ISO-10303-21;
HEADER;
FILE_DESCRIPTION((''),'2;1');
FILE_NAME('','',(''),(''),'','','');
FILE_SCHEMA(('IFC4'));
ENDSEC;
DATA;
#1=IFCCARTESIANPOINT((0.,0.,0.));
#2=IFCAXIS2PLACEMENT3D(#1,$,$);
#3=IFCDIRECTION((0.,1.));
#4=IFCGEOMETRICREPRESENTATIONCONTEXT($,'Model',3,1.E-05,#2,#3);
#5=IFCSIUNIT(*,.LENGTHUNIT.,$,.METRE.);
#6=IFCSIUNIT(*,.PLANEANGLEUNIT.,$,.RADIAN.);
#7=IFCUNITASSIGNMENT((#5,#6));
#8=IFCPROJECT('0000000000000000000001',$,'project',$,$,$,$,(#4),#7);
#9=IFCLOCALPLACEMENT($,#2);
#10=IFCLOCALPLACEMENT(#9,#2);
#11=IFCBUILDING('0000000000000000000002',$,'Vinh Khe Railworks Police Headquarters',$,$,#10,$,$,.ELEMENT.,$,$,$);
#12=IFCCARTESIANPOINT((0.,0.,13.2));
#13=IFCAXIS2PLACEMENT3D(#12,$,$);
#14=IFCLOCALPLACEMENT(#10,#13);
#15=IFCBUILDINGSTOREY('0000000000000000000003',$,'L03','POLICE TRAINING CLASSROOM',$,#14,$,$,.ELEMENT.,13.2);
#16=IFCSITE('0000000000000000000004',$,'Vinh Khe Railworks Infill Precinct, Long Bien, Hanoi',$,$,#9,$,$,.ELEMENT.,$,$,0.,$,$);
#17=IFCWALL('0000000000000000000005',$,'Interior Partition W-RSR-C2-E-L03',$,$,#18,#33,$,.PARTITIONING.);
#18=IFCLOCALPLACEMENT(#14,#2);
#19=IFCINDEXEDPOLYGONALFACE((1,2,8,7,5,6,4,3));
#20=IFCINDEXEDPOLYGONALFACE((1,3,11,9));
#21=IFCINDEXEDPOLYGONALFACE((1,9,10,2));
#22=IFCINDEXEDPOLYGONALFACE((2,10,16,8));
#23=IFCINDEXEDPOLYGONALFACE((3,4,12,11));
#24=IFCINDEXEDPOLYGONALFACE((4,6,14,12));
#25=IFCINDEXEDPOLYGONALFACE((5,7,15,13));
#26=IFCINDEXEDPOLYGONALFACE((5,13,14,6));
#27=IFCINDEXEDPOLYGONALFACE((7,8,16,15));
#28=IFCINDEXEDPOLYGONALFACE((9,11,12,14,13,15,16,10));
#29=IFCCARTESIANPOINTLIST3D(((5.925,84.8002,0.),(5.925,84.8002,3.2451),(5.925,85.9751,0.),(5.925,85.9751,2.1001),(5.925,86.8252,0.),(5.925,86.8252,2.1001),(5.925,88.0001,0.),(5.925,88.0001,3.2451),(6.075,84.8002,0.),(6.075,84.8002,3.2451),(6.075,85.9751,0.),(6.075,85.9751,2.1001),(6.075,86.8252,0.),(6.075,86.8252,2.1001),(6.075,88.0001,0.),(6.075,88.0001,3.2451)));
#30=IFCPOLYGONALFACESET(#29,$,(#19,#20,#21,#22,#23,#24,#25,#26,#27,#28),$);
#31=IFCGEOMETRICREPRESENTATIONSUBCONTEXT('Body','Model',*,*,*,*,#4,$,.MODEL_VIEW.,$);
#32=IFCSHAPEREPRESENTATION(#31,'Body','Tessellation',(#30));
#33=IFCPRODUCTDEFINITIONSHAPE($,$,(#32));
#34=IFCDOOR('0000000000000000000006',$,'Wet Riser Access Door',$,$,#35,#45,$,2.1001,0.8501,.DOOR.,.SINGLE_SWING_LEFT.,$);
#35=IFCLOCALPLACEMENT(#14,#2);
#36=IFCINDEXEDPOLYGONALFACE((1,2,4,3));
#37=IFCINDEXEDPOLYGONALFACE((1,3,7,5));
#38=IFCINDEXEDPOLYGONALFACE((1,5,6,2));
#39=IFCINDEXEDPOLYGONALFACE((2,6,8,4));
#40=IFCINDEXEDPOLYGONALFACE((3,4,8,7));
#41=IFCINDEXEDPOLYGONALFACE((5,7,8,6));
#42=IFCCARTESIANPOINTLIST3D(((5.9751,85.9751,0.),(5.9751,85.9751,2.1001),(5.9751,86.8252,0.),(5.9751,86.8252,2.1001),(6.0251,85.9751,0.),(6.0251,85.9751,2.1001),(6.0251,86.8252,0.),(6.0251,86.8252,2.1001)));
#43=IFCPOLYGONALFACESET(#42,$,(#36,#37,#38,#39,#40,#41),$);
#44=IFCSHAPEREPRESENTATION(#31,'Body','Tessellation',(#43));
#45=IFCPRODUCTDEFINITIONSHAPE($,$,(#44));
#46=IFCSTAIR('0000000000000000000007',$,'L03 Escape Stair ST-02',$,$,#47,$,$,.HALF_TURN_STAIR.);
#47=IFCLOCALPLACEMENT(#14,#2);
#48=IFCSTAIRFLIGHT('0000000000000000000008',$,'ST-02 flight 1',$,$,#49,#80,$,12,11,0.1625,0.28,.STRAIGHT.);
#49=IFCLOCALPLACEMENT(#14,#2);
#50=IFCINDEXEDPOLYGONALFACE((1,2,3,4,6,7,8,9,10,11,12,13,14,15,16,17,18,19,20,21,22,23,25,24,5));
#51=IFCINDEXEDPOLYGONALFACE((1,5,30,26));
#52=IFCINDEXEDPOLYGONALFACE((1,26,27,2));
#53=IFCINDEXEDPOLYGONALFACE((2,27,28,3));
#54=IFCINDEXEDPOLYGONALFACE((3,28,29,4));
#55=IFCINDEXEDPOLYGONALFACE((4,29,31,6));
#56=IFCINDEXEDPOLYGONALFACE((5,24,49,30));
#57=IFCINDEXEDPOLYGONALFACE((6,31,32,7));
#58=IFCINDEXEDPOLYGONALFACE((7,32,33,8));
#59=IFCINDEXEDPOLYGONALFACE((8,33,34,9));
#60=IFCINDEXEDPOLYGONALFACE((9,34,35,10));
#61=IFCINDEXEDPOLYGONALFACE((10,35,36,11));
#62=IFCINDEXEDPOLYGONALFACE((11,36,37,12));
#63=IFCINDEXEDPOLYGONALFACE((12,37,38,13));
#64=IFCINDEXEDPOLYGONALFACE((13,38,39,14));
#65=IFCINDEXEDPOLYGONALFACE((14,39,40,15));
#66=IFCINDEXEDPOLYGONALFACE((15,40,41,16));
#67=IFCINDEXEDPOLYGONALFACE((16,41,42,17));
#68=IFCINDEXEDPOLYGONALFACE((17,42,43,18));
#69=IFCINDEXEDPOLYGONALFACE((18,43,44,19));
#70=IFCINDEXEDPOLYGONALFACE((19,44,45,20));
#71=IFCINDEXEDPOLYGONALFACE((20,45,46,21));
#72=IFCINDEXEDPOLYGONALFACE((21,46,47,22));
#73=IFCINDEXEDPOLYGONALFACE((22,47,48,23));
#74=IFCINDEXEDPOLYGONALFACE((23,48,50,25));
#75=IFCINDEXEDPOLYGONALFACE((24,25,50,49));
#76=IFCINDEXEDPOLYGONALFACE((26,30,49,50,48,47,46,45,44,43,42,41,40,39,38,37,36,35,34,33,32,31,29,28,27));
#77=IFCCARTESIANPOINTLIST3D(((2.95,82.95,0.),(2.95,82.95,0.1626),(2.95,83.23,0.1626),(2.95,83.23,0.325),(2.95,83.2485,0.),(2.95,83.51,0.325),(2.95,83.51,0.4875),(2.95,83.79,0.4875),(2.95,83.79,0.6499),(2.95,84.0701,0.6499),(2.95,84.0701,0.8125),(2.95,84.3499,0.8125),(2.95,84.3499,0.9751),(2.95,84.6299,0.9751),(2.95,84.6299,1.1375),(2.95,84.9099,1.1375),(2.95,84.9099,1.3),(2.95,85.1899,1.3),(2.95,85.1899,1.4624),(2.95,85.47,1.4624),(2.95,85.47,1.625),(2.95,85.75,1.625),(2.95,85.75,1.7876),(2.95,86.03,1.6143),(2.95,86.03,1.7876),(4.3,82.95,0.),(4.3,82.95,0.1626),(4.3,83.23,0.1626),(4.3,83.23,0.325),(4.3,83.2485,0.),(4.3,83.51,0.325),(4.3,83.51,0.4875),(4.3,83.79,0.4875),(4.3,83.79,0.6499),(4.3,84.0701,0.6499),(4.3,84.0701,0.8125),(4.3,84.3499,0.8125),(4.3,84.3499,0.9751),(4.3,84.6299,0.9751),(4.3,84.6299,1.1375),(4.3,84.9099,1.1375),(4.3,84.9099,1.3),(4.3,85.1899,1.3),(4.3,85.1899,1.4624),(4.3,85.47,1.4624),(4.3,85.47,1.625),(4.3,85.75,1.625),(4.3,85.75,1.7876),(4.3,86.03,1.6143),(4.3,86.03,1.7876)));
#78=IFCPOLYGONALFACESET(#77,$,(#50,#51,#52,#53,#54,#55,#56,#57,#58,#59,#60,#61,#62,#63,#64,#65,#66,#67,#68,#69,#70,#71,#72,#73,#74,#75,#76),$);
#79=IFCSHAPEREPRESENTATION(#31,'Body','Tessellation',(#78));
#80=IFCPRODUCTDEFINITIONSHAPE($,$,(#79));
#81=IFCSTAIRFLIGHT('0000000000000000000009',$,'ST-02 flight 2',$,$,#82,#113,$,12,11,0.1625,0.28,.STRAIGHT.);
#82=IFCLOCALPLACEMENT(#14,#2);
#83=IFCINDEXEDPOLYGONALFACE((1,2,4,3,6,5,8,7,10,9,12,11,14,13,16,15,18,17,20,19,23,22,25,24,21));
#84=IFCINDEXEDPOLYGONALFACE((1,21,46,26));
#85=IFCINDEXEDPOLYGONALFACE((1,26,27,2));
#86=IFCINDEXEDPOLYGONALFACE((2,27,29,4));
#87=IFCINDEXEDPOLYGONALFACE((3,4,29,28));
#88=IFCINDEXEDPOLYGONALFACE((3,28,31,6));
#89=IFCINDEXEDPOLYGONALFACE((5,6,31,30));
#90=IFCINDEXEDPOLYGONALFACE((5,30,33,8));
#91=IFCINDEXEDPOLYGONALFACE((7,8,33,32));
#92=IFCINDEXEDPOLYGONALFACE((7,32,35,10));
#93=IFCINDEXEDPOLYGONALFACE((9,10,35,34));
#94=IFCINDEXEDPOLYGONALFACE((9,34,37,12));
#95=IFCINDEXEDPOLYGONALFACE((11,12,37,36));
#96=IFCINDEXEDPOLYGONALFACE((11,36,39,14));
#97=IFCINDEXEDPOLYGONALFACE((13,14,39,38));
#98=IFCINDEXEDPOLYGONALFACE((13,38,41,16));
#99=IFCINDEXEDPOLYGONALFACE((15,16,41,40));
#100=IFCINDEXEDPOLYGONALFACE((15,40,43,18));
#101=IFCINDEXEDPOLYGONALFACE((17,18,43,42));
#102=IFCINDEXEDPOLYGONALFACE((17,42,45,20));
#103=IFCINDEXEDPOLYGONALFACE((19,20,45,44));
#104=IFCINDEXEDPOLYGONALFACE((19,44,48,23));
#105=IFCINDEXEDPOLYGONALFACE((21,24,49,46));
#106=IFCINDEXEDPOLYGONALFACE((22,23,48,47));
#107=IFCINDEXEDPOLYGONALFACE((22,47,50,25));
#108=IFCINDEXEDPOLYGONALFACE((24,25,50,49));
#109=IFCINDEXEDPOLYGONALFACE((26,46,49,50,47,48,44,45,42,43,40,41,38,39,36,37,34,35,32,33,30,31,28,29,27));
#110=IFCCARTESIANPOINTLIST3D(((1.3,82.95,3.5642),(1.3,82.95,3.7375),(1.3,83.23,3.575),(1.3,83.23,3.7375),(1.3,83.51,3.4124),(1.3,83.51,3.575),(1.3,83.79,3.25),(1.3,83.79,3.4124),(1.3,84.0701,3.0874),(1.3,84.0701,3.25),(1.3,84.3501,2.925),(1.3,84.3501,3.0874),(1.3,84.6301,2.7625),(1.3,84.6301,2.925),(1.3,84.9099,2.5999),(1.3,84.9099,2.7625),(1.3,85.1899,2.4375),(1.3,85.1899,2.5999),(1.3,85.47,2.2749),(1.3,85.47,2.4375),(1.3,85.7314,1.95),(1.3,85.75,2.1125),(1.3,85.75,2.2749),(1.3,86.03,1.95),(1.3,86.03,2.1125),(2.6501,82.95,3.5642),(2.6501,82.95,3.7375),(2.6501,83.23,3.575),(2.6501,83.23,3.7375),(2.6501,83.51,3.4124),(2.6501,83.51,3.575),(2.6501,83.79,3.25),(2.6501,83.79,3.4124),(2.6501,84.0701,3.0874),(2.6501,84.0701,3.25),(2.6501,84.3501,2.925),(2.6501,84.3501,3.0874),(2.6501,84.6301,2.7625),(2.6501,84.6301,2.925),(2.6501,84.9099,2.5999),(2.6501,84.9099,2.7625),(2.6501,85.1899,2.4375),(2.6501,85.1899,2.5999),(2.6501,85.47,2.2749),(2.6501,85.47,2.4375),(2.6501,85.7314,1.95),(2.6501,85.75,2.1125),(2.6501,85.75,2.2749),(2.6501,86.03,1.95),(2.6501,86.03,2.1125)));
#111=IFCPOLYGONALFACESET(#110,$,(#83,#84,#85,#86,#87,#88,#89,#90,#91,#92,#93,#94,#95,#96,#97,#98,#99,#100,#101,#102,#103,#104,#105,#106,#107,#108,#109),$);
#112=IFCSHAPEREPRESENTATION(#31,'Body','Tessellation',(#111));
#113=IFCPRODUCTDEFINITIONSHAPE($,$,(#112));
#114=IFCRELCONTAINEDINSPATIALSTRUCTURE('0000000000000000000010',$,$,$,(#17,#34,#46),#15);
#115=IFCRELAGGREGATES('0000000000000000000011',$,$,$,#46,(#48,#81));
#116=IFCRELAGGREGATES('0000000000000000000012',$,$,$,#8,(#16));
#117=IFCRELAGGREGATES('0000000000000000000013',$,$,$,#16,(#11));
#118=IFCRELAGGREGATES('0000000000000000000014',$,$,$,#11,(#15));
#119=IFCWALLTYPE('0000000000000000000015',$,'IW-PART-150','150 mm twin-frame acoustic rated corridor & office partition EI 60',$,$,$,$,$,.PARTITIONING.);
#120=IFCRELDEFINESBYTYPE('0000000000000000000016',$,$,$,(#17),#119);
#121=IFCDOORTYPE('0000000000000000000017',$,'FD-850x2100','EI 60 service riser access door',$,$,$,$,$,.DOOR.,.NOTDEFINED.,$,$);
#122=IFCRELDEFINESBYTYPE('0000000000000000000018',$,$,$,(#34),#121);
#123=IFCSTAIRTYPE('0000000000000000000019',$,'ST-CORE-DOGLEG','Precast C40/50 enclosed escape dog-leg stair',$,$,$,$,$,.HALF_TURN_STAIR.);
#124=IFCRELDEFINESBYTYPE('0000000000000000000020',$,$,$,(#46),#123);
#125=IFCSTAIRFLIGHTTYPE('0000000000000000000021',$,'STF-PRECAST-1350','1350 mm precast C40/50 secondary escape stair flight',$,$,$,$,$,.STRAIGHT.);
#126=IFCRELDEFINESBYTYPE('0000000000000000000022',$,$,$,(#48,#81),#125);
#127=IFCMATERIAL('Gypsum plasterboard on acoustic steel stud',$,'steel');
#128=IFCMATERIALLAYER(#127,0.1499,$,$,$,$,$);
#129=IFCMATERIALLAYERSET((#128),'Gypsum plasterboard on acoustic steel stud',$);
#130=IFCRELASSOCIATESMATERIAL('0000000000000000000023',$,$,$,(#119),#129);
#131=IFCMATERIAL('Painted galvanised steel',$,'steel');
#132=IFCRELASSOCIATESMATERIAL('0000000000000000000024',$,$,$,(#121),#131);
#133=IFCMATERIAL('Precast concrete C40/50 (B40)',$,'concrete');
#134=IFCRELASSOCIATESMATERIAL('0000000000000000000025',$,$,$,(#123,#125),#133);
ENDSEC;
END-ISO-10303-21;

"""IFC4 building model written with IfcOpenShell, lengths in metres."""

from ifc_helpers import new_model, si_unit, direction, frame, frame_2d, origin, place, context, subcontext, project, spatial, polyline, rectangle, outline, extrude, material, layer, layer_set, type_object, element, fill, aggregate, save


model = new_model("IFC4")

# Units and contexts
model_context = context("Model", 3, precision=1e-05, world=origin(), true_north=direction((0.0, 1.0)))
body_context = subcontext(model_context, "Body", "Model", "MODEL_VIEW")
ifc_project = project(units=[si_unit("LENGTHUNIT", "METRE"), si_unit("PLANEANGLEUNIT", "RADIAN")], contexts=[model_context])

# Site, building, storey
site_placement = place(None, origin())
site = spatial("IfcSite", under=ifc_project, at=site_placement, Name="Vinh Khe Railworks Infill Precinct, Long Bien, Hanoi", CompositionType="ELEMENT", RefElevation=0.0)
building_placement = place(site_placement, origin())
building = spatial("IfcBuilding", under=site, at=building_placement, Name="Vinh Khe Railworks Police Headquarters", CompositionType="ELEMENT")
storey_placement = place(building_placement, frame((0.0, 0.0, 13.2)))
storey = spatial("IfcBuildingStorey", under=building, at=storey_placement, Name="L03", Description="POLICE TRAINING CLASSROOM", CompositionType="ELEMENT", Elevation=13.2)

# Wall, opening, door
ifc_material_1 = material(Name="Gypsum plasterboard on acoustic steel stud", Category="steel")
ifc_layer_1 = layer(ifc_material_1, 0.1499)
ifc_layer_set_1 = layer_set([ifc_layer_1], Name="Gypsum plasterboard on acoustic steel stud")
wall_type_1 = type_object("IfcWallType", Name="IW-PART-150", Description="150 mm twin-frame acoustic rated corridor & office partition EI 60", PredefinedType="PARTITIONING", material=ifc_layer_set_1)
wall_1_placement = place(storey_placement, frame((6.0, 84.8, 0.0), z_axis=(0.0, 0.0, 1.0), x_axis=(0.0, 1.0, 0.0)))
wall_1 = element("IfcWall", 1, at=wall_1_placement, inside=storey, type_object=wall_type_1, Name="Interior Partition W-RSR-C2-E-L03", PredefinedType="PARTITIONING", context=body_context, shape_type="SweptSolid", body=[
    extrude(rectangle(XDim=3.2, YDim=0.1499, at=frame_2d((1.6001, 0.0))), origin(), (0.0, 0.0, 1.0), 3.2451),
])
opening_placement = place(wall_1_placement, frame((1.175, 0.0, 0.0)))
opening = element("IfcOpeningElement", 2, at=opening_placement, cuts=wall_1, PredefinedType="OPENING", context=body_context, shape_type="SweptSolid", body=[
    extrude(rectangle(XDim=0.8501, YDim=2.1001, at=frame_2d((0.425, 1.05))), frame((0.0, 0.0898, 0.0), z_axis=(0.0, -1.0, 0.0), x_axis=(1.0, 0.0, 0.0)), (0.0, 0.0, 1.0), 0.1797),
])
ifc_material_2 = material(Name="Painted galvanised steel", Category="steel")
door_type = type_object("IfcDoorType", Name="FD-850x2100", Description="EI 60 service riser access door", OperationType="NOTDEFINED", PredefinedType="DOOR", material=ifc_material_2)
door_placement = place(opening_placement, origin())
door = element("IfcDoor", 3, at=door_placement, inside=storey, type_object=door_type, Name="Wet Riser Access Door", OperationType="SINGLE_SWING_LEFT", OverallHeight=2.1001, OverallWidth=0.8501, PredefinedType="DOOR", context=body_context, shape_type="SweptSolid", body=[
    extrude(rectangle(XDim=0.8501, YDim=2.1001, at=frame_2d((0.425, 1.05))), frame((0.0, 0.0249, 0.0), z_axis=(0.0, -1.0, 0.0), x_axis=(1.0, 0.0, 0.0)), (0.0, 0.0, 1.0), 0.05),
])
fill(opening, door)

# Stair, stair flights
ifc_material_3 = material(Name="Precast concrete C40/50 (B40)", Category="concrete")
stair_type = type_object("IfcStairType", Name="ST-CORE-DOGLEG", Description="Precast C40/50 enclosed escape dog-leg stair", PredefinedType="HALF_TURN_STAIR", material=ifc_material_3)
stair_placement = place(storey_placement, origin())
stair = element("IfcStair", 4, at=stair_placement, inside=storey, type_object=stair_type, Name="L03 Escape Stair ST-02", PredefinedType="HALF_TURN_STAIR")
stair_flight_type = type_object("IfcStairFlightType", Name="STF-PRECAST-1350", Description="1350 mm precast C40/50 secondary escape stair flight", PredefinedType="STRAIGHT", material=ifc_material_3)
stair_flight_1_placement = place(storey_placement, frame((3.625, 82.95, 0.0), z_axis=(0.0, 0.0, 1.0), x_axis=(0.0, 1.0, 0.0)))
stair_flight_1 = element("IfcStairFlight", 5, at=stair_flight_1_placement, type_object=stair_flight_type, Name="ST-02 flight 1", NumberOfRisers=12, NumberOfTreads=11, PredefinedType="STRAIGHT", RiserHeight=0.1625, TreadLength=0.28, context=body_context, shape_type="SweptSolid", body=[
    extrude(outline(polyline([(0.0, 0.0), (0.0, 0.1626), (0.28, 0.1626), (0.28, 0.325), (0.5601, 0.325), (0.5601, 0.4875), (0.8401, 0.4875), (0.8401, 0.6499), (1.1201, 0.6499), (1.1201, 0.8125), (1.3999, 0.8125), (1.3999, 0.9751), (1.6799, 0.9751), (1.6799, 1.1375), (1.96, 1.1375), (1.96, 1.3), (2.24, 1.3), (2.24, 1.4624), (2.52, 1.4624), (2.52, 1.625), (2.8, 1.625), (2.8, 1.7876), (3.0801, 1.7876), (3.0801, 1.95), (3.0801, 1.6143), (0.2986, 0.0), (0.0, 0.0)])), frame((0.0, 0.675, 0.0), z_axis=(0.0, -1.0, 0.0), x_axis=(1.0, 0.0, 0.0)), (0.0, 0.0, 1.0), 1.3501),
])
stair_flight_2_placement = place(storey_placement, frame((1.9751, 86.03, 1.95), z_axis=(0.0, 0.0, 1.0), x_axis=(0.0, -1.0, 0.0)))
stair_flight_2 = element("IfcStairFlight", 6, at=stair_flight_2_placement, type_object=stair_flight_type, Name="ST-02 flight 2", NumberOfRisers=12, NumberOfTreads=11, PredefinedType="STRAIGHT", RiserHeight=0.1625, TreadLength=0.28, context=body_context, shape_type="SweptSolid", body=[
    extrude(outline(polyline([(0.0, 0.0), (0.0, 0.1626), (0.28, 0.1626), (0.28, 0.325), (0.5601, 0.325), (0.5601, 0.4875), (0.8401, 0.4875), (0.8401, 0.6499), (1.1201, 0.6499), (1.1201, 0.8125), (1.3999, 0.8125), (1.3999, 0.9751), (1.6799, 0.9751), (1.6799, 1.1375), (1.96, 1.1375), (1.96, 1.3), (2.24, 1.3), (2.24, 1.4624), (2.52, 1.4624), (2.52, 1.625), (2.8, 1.625), (2.8, 1.7876), (3.0801, 1.7876), (3.0801, 1.95), (3.0801, 1.6143), (0.2986, 0.0), (0.0, 0.0)])), frame((0.0, 0.675, 0.0), z_axis=(0.0, -1.0, 0.0), x_axis=(1.0, 0.0, 0.0)), (0.0, 0.0, 1.0), 1.3501),
])
aggregate(stair, [stair_flight_1, stair_flight_2])

save(model, "model.ifc")
